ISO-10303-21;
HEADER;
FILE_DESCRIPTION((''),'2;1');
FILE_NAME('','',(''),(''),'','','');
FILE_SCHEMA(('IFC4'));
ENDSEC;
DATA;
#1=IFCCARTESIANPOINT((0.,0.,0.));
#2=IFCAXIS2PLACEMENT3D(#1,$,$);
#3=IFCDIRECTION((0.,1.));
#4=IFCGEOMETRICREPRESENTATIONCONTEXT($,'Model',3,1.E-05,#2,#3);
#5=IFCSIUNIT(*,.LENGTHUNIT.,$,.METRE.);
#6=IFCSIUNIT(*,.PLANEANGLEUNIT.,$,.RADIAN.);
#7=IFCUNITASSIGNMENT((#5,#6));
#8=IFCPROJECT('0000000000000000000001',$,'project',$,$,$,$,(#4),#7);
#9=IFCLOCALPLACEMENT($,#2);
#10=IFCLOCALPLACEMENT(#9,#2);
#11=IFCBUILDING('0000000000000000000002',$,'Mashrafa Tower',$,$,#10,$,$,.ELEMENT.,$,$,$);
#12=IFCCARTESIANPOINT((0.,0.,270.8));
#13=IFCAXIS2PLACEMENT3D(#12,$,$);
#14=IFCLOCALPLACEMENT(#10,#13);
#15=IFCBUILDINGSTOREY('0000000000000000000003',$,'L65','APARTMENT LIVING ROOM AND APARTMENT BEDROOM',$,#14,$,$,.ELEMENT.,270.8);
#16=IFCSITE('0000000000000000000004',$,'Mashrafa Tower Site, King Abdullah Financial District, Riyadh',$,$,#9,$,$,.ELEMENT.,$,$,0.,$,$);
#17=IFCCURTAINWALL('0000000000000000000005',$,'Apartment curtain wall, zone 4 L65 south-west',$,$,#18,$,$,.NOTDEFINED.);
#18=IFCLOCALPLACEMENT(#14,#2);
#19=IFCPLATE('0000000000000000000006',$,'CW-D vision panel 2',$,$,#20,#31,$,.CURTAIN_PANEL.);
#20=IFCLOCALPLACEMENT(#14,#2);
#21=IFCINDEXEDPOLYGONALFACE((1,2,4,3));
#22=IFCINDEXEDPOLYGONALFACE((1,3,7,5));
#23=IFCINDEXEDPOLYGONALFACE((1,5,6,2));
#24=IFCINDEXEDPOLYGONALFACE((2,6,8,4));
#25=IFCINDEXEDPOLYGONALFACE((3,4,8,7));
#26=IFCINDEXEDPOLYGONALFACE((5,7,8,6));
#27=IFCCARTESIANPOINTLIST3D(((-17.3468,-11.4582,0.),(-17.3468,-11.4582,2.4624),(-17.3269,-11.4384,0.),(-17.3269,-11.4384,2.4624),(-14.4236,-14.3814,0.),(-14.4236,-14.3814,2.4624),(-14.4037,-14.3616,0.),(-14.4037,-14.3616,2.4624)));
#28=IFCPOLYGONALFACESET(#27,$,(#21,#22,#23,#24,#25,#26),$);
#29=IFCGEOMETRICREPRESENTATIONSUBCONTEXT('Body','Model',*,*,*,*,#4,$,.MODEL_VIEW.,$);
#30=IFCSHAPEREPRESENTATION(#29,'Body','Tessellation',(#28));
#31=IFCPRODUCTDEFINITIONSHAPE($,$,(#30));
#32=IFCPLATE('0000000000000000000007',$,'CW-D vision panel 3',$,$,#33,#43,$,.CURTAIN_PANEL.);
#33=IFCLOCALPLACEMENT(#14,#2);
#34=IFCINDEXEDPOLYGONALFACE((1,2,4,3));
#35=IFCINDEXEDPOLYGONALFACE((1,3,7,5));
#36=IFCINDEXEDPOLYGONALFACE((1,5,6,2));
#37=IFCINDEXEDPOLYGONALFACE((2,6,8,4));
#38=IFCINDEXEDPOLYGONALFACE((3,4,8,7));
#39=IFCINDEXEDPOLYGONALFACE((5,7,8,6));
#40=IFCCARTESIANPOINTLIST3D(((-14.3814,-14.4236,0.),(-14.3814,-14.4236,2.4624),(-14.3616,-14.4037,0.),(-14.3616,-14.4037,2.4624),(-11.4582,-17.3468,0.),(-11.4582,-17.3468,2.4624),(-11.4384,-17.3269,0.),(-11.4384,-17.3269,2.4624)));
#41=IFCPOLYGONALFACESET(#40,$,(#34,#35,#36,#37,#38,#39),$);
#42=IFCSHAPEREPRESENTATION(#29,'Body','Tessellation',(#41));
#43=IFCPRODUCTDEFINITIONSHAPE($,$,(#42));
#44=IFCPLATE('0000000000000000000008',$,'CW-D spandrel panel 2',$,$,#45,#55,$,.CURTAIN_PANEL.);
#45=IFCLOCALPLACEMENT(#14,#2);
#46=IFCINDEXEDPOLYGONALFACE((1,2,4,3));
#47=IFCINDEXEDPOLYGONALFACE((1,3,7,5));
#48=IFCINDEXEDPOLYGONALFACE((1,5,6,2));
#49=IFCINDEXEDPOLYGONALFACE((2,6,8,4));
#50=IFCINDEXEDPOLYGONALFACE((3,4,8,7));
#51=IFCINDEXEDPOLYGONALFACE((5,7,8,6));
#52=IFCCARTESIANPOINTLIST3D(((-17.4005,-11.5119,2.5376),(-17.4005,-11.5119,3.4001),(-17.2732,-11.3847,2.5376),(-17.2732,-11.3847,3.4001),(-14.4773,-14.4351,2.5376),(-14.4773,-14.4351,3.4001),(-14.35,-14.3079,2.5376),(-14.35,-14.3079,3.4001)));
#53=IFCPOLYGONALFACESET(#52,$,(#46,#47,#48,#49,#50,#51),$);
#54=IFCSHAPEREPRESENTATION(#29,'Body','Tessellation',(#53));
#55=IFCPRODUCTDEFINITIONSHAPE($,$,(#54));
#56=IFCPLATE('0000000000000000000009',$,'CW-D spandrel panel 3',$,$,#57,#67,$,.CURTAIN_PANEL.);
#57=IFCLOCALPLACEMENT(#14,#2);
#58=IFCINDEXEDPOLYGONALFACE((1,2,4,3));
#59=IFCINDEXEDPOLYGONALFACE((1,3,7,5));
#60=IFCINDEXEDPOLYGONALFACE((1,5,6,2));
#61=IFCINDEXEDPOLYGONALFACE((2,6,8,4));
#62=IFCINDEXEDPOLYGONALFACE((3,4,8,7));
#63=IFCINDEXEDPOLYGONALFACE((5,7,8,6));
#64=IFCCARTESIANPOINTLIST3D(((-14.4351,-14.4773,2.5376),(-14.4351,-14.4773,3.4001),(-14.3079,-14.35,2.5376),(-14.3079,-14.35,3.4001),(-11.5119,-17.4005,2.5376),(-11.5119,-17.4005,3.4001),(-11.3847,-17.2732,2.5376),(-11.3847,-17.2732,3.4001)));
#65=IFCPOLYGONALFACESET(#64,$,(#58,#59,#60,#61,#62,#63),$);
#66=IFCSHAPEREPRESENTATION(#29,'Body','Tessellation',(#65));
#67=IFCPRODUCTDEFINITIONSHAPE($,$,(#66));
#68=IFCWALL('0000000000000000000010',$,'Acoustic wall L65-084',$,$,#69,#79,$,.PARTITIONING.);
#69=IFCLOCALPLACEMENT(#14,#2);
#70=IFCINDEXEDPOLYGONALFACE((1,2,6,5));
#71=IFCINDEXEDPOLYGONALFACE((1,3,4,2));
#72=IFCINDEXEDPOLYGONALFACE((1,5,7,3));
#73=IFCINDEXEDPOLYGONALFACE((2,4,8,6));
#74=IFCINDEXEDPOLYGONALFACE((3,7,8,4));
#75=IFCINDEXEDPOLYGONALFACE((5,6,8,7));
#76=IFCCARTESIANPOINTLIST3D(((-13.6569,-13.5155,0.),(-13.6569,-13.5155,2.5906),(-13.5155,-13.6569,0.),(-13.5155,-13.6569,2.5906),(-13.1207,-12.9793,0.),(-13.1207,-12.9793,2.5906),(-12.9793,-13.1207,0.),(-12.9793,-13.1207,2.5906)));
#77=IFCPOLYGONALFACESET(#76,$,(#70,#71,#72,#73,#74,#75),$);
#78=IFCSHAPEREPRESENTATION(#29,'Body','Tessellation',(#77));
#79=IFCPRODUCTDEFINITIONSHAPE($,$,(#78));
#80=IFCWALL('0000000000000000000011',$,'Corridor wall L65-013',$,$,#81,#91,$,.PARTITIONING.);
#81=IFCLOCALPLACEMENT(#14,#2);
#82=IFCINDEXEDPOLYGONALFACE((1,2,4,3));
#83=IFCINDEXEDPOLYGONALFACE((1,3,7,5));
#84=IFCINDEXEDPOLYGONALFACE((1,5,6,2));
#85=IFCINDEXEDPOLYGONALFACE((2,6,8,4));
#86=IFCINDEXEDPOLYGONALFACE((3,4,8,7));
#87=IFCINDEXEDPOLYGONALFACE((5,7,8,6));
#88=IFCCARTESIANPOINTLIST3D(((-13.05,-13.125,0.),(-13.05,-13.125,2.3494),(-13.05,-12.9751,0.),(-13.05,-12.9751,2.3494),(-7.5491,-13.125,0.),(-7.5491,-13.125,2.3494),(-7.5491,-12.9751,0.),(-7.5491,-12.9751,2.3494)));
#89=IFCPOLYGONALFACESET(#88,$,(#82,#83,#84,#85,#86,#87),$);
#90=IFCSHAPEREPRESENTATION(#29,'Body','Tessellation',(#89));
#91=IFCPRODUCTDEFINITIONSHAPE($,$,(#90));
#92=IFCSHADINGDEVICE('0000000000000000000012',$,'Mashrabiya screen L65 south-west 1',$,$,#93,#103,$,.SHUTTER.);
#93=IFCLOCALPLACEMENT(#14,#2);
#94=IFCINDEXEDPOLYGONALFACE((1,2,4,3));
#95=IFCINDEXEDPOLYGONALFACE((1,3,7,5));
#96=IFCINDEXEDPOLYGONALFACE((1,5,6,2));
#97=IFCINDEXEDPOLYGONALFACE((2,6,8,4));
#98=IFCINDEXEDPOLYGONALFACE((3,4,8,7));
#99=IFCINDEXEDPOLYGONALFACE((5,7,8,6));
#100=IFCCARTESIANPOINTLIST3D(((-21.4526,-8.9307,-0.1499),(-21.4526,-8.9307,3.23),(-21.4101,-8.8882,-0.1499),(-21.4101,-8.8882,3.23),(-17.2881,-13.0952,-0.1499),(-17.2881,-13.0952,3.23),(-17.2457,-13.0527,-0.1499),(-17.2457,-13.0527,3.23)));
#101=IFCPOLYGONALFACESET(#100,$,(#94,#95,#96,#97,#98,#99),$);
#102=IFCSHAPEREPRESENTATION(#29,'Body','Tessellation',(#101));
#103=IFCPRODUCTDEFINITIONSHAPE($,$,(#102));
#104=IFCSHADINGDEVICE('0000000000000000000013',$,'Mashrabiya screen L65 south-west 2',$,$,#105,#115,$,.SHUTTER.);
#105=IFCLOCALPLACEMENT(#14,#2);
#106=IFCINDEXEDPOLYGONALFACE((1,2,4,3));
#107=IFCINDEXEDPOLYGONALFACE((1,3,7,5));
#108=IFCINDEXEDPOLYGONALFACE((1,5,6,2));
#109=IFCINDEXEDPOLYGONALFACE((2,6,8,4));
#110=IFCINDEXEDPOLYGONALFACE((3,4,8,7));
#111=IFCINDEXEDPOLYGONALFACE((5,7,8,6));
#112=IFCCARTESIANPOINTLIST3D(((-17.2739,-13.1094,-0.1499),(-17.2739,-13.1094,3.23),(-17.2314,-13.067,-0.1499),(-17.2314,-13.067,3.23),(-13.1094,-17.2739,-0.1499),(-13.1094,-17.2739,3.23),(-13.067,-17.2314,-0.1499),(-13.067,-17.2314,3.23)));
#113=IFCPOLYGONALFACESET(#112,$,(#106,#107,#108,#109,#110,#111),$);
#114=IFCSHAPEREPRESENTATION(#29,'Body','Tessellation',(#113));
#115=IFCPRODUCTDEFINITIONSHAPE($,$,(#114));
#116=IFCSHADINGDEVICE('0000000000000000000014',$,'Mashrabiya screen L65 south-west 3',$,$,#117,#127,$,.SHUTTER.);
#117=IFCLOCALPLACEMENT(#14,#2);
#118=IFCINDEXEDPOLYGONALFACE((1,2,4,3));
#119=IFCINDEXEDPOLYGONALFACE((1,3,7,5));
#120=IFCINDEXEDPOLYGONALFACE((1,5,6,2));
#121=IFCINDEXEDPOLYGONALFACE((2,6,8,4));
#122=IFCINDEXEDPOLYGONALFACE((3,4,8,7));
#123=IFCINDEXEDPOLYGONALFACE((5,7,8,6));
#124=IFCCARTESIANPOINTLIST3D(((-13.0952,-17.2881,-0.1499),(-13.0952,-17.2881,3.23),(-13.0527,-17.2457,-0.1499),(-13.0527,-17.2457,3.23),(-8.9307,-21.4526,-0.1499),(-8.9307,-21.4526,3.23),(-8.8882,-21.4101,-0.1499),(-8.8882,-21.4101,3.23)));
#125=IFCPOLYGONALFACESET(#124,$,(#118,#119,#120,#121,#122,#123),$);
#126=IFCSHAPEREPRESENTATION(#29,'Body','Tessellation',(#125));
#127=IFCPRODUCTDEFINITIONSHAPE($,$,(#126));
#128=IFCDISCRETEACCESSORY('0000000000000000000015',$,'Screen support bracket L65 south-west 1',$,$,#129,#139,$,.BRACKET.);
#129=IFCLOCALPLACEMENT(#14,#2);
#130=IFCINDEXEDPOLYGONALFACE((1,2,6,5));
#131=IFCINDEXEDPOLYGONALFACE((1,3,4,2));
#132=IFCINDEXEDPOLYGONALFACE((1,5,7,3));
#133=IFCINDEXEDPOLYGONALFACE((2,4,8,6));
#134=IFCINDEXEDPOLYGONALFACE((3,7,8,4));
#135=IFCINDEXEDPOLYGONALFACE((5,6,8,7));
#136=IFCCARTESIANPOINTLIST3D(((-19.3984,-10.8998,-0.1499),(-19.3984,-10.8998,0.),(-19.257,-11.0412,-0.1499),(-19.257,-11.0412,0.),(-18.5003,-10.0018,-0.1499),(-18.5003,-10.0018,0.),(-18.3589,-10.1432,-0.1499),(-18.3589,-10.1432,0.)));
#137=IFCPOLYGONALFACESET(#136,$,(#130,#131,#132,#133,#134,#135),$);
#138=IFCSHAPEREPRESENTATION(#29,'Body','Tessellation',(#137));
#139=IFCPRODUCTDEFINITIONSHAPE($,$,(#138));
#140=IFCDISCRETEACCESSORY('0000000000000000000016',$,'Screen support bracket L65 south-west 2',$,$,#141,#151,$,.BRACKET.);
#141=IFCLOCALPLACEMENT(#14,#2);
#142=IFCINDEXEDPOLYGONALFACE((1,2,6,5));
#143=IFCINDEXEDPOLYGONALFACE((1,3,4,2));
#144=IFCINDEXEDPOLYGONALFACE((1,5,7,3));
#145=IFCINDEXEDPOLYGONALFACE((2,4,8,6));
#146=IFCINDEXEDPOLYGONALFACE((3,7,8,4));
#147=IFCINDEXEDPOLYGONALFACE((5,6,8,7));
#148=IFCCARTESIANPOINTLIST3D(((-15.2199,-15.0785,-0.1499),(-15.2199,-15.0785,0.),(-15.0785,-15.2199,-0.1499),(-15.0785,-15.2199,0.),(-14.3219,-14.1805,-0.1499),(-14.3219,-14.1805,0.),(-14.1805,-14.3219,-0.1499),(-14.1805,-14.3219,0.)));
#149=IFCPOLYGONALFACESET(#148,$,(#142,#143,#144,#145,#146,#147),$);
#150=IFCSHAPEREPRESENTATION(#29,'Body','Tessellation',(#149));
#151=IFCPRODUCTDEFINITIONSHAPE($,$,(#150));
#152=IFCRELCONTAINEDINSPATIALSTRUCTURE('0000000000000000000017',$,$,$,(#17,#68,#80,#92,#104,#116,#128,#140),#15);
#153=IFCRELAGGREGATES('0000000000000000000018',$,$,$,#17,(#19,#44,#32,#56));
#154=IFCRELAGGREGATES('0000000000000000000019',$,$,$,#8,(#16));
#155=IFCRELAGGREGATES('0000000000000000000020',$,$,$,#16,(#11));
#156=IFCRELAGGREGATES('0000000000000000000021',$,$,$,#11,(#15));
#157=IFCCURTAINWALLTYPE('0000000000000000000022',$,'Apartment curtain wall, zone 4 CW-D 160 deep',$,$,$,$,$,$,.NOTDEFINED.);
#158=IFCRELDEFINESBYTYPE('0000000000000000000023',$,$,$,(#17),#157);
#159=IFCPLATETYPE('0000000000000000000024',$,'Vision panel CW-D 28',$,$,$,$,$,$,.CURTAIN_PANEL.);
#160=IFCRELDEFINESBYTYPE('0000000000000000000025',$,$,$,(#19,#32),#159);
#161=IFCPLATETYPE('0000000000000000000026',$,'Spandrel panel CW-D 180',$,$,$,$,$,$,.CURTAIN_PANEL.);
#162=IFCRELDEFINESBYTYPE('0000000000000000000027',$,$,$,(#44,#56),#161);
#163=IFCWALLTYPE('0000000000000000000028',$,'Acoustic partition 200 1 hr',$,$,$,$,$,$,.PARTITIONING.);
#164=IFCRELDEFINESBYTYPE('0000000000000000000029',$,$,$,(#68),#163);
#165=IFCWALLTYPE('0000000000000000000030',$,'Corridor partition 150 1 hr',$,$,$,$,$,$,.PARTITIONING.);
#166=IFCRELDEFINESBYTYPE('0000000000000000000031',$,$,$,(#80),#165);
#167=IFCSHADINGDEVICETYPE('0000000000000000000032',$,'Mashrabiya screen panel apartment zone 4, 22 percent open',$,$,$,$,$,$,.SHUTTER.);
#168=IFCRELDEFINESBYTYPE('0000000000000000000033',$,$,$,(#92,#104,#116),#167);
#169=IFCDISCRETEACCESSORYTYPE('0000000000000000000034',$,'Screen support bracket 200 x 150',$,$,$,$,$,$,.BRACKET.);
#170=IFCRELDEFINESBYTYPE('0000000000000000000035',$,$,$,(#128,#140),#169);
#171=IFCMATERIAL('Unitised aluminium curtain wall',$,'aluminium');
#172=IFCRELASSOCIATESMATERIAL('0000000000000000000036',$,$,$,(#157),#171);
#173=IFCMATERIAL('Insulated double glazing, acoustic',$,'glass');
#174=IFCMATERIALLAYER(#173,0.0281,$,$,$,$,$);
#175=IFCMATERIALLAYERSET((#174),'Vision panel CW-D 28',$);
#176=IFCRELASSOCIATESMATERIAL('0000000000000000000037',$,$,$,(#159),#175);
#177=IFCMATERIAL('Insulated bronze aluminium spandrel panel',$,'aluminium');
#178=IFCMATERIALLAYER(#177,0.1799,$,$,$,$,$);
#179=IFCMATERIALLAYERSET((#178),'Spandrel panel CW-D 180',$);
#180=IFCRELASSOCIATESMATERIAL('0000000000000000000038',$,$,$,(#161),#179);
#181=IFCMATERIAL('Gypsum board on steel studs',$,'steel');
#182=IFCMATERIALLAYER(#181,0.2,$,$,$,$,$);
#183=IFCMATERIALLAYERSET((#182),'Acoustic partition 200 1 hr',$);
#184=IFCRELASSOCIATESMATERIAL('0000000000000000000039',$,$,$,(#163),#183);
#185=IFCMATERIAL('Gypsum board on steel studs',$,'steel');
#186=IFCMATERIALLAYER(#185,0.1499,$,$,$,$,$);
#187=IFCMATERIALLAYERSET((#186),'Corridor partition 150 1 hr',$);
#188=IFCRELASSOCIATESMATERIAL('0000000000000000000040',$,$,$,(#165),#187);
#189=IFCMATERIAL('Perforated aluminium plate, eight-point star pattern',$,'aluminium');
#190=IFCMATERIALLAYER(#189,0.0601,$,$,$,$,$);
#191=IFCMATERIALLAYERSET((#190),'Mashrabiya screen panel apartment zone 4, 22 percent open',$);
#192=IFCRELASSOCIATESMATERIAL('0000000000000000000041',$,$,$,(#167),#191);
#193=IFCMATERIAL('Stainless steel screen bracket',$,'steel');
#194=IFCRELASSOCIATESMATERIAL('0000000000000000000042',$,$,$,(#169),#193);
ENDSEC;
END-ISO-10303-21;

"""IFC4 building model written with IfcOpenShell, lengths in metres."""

from ifc_helpers import new_model, si_unit, direction, frame, frame_2d, origin, origin_2d, place, context, subcontext, project, spatial, rectangle, extrude, source, transform, mapped, material, layer, layer_set, type_object, type_shapes, element, aggregate, save


model = new_model("IFC4")

# Units and contexts
model_context = context("Model", 3, precision=1e-05, world=origin(), true_north=direction((0.0, 1.0)))
body_context = subcontext(model_context, "Body", "Model", "MODEL_VIEW")
ifc_project = project(units=[si_unit("LENGTHUNIT", "METRE"), si_unit("PLANEANGLEUNIT", "RADIAN")], contexts=[model_context])

# Site, building, storey
site_placement = place(None, origin())
site = spatial("IfcSite", under=ifc_project, at=site_placement, Name="Mashrafa Tower Site, King Abdullah Financial District, Riyadh", CompositionType="ELEMENT", RefElevation=0.0)
building_placement = place(site_placement, origin())
building = spatial("IfcBuilding", under=site, at=building_placement, Name="Mashrafa Tower", CompositionType="ELEMENT")
storey_placement = place(building_placement, frame((0.0, 0.0, 270.8)))
storey = spatial("IfcBuildingStorey", under=building, at=storey_placement, Name="L65", Description="APARTMENT LIVING ROOM AND APARTMENT BEDROOM", CompositionType="ELEMENT", Elevation=270.8)

# Curtain wall, plates
ifc_material_1 = material(Name="Unitised aluminium curtain wall", Category="aluminium")
curtain_wall_type = type_object("IfcCurtainWallType", Name="Apartment curtain wall, zone 4 CW-D 160 deep", PredefinedType="NOTDEFINED", material=ifc_material_1)
curtain_wall_placement = place(storey_placement, origin())
curtain_wall = element("IfcCurtainWall", 1, at=curtain_wall_placement, inside=storey, type_object=curtain_wall_type, Name="Apartment curtain wall, zone 4 L65 south-west", PredefinedType="NOTDEFINED")
ifc_material_2 = material(Name="Insulated double glazing, acoustic", Category="glass")
ifc_layer_1 = layer(ifc_material_2, 0.0281)
ifc_layer_set_1 = layer_set([ifc_layer_1], Name="Vision panel CW-D 28")
plate_type_1 = type_object("IfcPlateType", Name="Vision panel CW-D 28", PredefinedType="CURTAIN_PANEL", material=ifc_layer_set_1)
ifc_material_3 = material(Name="Insulated bronze aluminium spandrel panel", Category="aluminium")
ifc_layer_2 = layer(ifc_material_3, 0.1799)
ifc_layer_set_2 = layer_set([ifc_layer_2], Name="Spandrel panel CW-D 180")
plate_type_2 = type_object("IfcPlateType", Name="Spandrel panel CW-D 180", PredefinedType="CURTAIN_PANEL", material=ifc_layer_set_2)
shared_shape_1 = source(origin(), body_context, "Body", "SweptSolid", [
    extrude(rectangle(XDim=4.134, YDim=0.0281, at=origin_2d()), origin(), (0.0, 0.0, 1.0), 2.4624),
])
plate_1_placement = place(storey_placement, frame((-15.8752, -12.9099, 0.0), z_axis=(0.0, 0.0, 1.0), x_axis=(0.707107, -0.707107, 0.0)))
plate_1 = element("IfcPlate", 2, at=plate_1_placement, type_object=plate_type_1, Name="CW-D vision panel 2", PredefinedType="CURTAIN_PANEL", context=body_context, shape_type="MappedRepresentation", body=[
    mapped(shared_shape_1, transform((0.0, 0.0, 0.0))),
])
plate_2_placement = place(storey_placement, frame((-12.9099, -15.8752, 0.0), z_axis=(0.0, 0.0, 1.0), x_axis=(0.707107, -0.707107, 0.0)))
plate_2 = element("IfcPlate", 3, at=plate_2_placement, type_object=plate_type_1, Name="CW-D vision panel 3", PredefinedType="CURTAIN_PANEL", context=body_context, shape_type="MappedRepresentation", body=[
    mapped(shared_shape_1, transform((0.0, 0.0, 0.0))),
])
shared_shape_2 = source(origin(), body_context, "Body", "SweptSolid", [
    extrude(rectangle(XDim=4.134, YDim=0.1799, at=origin_2d()), origin(), (0.0, 0.0, 1.0), 0.8625),
])
plate_3_placement = place(storey_placement, frame((-15.8752, -12.9099, 2.5376), z_axis=(0.0, 0.0, 1.0), x_axis=(0.707107, -0.707107, 0.0)))
plate_3 = element("IfcPlate", 4, at=plate_3_placement, type_object=plate_type_2, Name="CW-D spandrel panel 2", PredefinedType="CURTAIN_PANEL", context=body_context, shape_type="MappedRepresentation", body=[
    mapped(shared_shape_2, transform((0.0, 0.0, 0.0))),
])
plate_4_placement = place(storey_placement, frame((-12.9099, -15.8752, 2.5376), z_axis=(0.0, 0.0, 1.0), x_axis=(0.707107, -0.707107, 0.0)))
plate_4 = element("IfcPlate", 5, at=plate_4_placement, type_object=plate_type_2, Name="CW-D spandrel panel 3", PredefinedType="CURTAIN_PANEL", context=body_context, shape_type="MappedRepresentation", body=[
    mapped(shared_shape_2, transform((0.0, 0.0, 0.0))),
])
aggregate(curtain_wall, [plate_1, plate_3, plate_2, plate_4])

# Walls
ifc_material_4 = material(Name="Gypsum board on steel studs", Category="steel")
ifc_layer_3 = layer(ifc_material_4, 0.2)
ifc_layer_set_3 = layer_set([ifc_layer_3], Name="Acoustic partition 200 1 hr")
wall_type_1 = type_object("IfcWallType", Name="Acoustic partition 200 1 hr", PredefinedType="PARTITIONING", material=ifc_layer_set_3)
wall_1_placement = place(storey_placement, frame((-13.5862, -13.5862, 0.0), z_axis=(0.0, 0.0, 1.0), x_axis=(0.707107, 0.707107, 0.0)))
element("IfcWall", 6, at=wall_1_placement, inside=storey, type_object=wall_type_1, Name="Acoustic wall L65-084", PredefinedType="PARTITIONING", context=body_context, shape_type="SweptSolid", body=[
    extrude(rectangle(XDim=0.7583, YDim=0.2, at=frame_2d((0.3792, 0.0))), origin(), (0.0, 0.0, 1.0), 2.5906),
])
ifc_material_5 = material(Name="Gypsum board on steel studs", Category="steel")
ifc_layer_4 = layer(ifc_material_5, 0.1499)
ifc_layer_set_4 = layer_set([ifc_layer_4], Name="Corridor partition 150 1 hr")
wall_type_2 = type_object("IfcWallType", Name="Corridor partition 150 1 hr", PredefinedType="PARTITIONING", material=ifc_layer_set_4)
wall_2_placement = place(storey_placement, frame((-13.05, -13.05, 0.0), z_axis=(0.0, 0.0, 1.0), x_axis=(1.0, 0.0, 0.0)))
element("IfcWall", 7, at=wall_2_placement, inside=storey, type_object=wall_type_2, Name="Corridor wall L65-013", PredefinedType="PARTITIONING", context=body_context, shape_type="SweptSolid", body=[
    extrude(rectangle(XDim=5.501, YDim=0.1499, at=frame_2d((2.7505, 0.0))), origin(), (0.0, 0.0, 1.0), 2.3494),
])

# Shading devices
ifc_material_6 = material(Name="Perforated aluminium plate, eight-point star pattern", Category="aluminium")
ifc_layer_5 = layer(ifc_material_6, 0.0601)
ifc_layer_set_5 = layer_set([ifc_layer_5], Name="Mashrabiya screen panel apartment zone 4, 22 percent open")
shading_device_type = type_object("IfcShadingDeviceType", Name="Mashrabiya screen panel apartment zone 4, 22 percent open", PredefinedType="SHUTTER", material=ifc_layer_set_5)
shared_shape_3 = source(origin(), body_context, "Body", "SweptSolid", [
    extrude(rectangle(XDim=5.8894, YDim=0.0601, at=origin_2d()), origin(), (0.0, 0.0, 1.0), 3.3799),
])
type_shapes(shading_device_type, [shared_shape_3])
for number, where, z_axis, x_axis, name in (
    (8, (-19.3491, -10.9917, -0.1499), (0.0, 0.0, 1.0), (0.707107, -0.707107, 0.0), "Mashrabiya screen L65 south-west 1"),
    (9, (-15.1704, -15.1704, -0.1499), (0.0, 0.0, 1.0), (0.707107, -0.707107, 0.0), "Mashrabiya screen L65 south-west 2"),
    (10, (-10.9917, -19.3491, -0.1499), (0.0, 0.0, 1.0), (0.707107, -0.707107, 0.0), "Mashrabiya screen L65 south-west 3"),
):
    element("IfcShadingDevice", number, at=place(storey_placement, frame(where, z_axis=z_axis, x_axis=x_axis)), inside=storey, type_object=shading_device_type, Name=name, PredefinedType="SHUTTER", context=body_context, shape_type="MappedRepresentation", body=[
        mapped(shared_shape_3, transform((0.0, 0.0, 0.0))),
    ])

# Discrete accessories
ifc_material_7 = material(Name="Stainless steel screen bracket", Category="steel")
discrete_accessory_type = type_object("IfcDiscreteAccessoryType", Name="Screen support bracket 200 x 150", PredefinedType="BRACKET", material=ifc_material_7)
shared_shape_4 = source(origin(), body_context, "Body", "SweptSolid", [
    extrude(rectangle(XDim=0.2, YDim=1.27, at=origin_2d()), origin(), (0.0, 0.0, 1.0), 0.1499),
])
type_shapes(discrete_accessory_type, [shared_shape_4])
for number, where, z_axis, x_axis, name in (
    (11, (-18.8787, -10.5215, -0.1499), (0.0, 0.0, 1.0), (0.707107, -0.707107, 0.0), "Screen support bracket L65 south-west 1"),
    (12, (-14.7002, -14.7002, -0.1499), (0.0, 0.0, 1.0), (0.707107, -0.707107, 0.0), "Screen support bracket L65 south-west 2"),
):
    element("IfcDiscreteAccessory", number, at=place(storey_placement, frame(where, z_axis=z_axis, x_axis=x_axis)), inside=storey, type_object=discrete_accessory_type, Name=name, PredefinedType="BRACKET", context=body_context, shape_type="MappedRepresentation", body=[
        mapped(shared_shape_4, transform((0.0, 0.0, 0.0))),
    ])

save(model, "model.ifc")
